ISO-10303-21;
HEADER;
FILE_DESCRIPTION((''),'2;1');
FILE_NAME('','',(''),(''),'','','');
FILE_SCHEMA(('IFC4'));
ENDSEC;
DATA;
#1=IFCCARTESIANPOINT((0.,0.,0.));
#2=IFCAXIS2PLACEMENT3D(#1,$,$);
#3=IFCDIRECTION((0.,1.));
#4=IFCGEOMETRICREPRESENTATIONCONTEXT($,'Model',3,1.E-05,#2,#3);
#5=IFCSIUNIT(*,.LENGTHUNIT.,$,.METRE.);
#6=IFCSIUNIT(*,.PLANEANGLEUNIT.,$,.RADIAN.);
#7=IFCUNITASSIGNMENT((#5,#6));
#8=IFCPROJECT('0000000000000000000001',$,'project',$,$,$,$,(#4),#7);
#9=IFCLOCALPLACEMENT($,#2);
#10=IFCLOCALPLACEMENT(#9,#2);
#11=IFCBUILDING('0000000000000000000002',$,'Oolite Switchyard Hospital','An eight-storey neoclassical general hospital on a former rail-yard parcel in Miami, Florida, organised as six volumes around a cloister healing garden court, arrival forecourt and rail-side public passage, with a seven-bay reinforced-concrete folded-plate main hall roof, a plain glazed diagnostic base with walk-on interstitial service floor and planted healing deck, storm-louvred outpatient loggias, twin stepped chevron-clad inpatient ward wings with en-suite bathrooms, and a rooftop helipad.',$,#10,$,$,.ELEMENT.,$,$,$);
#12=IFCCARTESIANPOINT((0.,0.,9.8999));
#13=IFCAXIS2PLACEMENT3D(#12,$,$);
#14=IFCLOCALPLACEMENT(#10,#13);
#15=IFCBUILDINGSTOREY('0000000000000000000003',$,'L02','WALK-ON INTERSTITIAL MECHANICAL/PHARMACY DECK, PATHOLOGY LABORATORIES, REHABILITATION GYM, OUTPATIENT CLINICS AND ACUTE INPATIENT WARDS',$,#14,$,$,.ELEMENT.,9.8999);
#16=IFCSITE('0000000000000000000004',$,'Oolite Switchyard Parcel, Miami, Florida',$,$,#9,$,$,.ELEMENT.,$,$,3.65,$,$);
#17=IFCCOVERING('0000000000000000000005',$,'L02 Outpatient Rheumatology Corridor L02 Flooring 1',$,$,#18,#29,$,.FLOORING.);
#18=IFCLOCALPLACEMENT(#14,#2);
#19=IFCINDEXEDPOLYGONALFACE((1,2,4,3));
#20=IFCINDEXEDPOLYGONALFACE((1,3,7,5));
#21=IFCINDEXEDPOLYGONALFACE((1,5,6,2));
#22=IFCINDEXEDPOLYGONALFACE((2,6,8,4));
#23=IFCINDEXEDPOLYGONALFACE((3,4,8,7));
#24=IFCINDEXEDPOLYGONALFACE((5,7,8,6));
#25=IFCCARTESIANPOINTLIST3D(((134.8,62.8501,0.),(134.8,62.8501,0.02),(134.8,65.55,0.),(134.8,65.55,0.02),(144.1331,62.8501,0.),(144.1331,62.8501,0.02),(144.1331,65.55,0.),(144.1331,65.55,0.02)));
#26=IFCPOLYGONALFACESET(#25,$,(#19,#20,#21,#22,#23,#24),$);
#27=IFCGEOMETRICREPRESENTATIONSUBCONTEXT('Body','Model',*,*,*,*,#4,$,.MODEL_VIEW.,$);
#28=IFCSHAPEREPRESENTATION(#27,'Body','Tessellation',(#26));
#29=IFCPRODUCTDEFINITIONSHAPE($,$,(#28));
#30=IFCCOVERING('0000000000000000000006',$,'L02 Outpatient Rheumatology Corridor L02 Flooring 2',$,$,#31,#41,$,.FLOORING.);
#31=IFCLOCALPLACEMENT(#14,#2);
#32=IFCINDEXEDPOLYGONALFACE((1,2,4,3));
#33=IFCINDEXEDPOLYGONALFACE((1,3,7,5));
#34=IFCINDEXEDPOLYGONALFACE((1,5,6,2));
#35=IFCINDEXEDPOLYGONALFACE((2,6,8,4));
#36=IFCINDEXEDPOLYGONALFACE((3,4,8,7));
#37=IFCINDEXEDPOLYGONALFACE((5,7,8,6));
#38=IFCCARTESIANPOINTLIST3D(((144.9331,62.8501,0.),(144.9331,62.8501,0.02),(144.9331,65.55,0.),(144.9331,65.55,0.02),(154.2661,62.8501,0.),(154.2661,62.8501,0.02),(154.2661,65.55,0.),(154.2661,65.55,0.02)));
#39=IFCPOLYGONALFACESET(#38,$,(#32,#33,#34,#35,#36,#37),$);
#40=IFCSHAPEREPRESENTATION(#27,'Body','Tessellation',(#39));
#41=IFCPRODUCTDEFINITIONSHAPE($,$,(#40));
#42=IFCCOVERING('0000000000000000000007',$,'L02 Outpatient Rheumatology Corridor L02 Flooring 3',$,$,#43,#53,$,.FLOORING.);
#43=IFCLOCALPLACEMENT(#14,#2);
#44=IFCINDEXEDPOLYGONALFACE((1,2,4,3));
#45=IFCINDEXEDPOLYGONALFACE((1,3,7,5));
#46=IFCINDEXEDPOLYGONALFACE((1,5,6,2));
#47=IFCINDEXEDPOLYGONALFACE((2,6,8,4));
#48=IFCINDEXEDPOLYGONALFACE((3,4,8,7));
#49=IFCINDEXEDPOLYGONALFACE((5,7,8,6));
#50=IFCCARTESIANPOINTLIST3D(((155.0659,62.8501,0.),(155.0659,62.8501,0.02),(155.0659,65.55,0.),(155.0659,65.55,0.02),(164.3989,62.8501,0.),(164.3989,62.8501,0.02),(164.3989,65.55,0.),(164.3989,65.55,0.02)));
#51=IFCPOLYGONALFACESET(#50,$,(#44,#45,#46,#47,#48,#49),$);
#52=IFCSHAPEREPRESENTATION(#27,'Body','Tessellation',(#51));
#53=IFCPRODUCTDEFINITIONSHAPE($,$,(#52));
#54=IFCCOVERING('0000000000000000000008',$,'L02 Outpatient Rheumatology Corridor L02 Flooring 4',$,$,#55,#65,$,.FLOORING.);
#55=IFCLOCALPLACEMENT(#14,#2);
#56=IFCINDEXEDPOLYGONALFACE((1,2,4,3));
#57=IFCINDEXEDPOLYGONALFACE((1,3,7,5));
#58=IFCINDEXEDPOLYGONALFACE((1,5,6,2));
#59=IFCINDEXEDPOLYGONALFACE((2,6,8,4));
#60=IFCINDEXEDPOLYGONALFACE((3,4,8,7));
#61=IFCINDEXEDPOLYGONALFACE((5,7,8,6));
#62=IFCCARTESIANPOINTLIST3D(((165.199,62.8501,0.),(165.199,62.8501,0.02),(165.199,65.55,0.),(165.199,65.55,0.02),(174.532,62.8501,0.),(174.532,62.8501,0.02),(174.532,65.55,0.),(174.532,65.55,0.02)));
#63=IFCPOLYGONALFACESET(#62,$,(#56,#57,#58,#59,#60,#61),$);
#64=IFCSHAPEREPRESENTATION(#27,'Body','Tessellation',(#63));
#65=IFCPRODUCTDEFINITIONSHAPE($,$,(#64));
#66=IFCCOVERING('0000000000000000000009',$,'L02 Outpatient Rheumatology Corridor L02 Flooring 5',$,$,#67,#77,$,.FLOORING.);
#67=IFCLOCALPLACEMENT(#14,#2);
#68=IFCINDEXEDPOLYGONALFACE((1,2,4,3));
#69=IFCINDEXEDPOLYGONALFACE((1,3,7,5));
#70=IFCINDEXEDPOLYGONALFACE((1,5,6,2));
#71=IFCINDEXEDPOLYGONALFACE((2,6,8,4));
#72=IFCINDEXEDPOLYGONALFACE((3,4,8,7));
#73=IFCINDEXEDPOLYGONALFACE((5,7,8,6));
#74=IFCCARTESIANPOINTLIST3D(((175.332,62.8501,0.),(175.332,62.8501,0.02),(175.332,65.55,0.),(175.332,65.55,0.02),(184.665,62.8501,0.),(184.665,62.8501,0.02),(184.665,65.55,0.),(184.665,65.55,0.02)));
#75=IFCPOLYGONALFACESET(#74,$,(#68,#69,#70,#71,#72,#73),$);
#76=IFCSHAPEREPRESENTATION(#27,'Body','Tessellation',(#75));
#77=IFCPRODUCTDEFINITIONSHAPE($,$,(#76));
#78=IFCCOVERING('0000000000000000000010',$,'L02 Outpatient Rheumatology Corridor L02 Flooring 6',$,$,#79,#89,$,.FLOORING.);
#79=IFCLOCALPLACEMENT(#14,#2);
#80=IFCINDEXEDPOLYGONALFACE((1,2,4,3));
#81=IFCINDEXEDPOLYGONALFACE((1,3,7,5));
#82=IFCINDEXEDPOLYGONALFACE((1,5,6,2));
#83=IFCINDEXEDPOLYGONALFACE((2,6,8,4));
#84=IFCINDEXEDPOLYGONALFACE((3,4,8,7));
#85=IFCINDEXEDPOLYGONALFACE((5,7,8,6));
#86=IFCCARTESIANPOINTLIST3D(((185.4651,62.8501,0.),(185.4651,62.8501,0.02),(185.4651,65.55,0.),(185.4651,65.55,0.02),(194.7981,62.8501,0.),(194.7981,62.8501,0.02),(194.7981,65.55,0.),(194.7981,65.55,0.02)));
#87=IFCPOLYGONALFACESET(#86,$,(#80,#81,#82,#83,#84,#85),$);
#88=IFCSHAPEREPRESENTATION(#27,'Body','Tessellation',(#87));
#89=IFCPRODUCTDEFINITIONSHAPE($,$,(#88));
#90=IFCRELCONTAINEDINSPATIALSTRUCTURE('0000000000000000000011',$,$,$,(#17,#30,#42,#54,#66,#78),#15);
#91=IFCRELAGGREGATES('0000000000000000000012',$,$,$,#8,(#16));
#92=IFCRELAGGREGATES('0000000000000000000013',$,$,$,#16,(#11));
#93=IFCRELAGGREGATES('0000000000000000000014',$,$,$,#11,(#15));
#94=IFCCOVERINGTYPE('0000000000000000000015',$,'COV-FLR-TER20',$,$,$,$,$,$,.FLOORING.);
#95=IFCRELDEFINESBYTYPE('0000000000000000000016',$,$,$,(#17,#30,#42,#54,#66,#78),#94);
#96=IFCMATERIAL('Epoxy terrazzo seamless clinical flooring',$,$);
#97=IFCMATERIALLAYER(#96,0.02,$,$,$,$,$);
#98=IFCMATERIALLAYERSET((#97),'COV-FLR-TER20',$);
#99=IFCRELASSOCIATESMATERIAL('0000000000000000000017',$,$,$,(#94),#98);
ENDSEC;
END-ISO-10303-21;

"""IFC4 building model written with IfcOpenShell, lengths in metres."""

from ifc_helpers import new_model, si_unit, direction, frame, origin, place, context, subcontext, project, spatial, polyline, outline, extrude, material, layer, layer_set, type_object, element, save


model = new_model("IFC4")

# Units and contexts
model_context = context("Model", 3, precision=1e-05, world=origin(), true_north=direction((0.0, 1.0)))
body_context = subcontext(model_context, "Body", "Model", "MODEL_VIEW")
ifc_project = project(units=[si_unit("LENGTHUNIT", "METRE"), si_unit("PLANEANGLEUNIT", "RADIAN")], contexts=[model_context])

# Site, building, storey
site_placement = place(None, origin())
site = spatial("IfcSite", under=ifc_project, at=site_placement, Name="Oolite Switchyard Parcel, Miami, Florida", CompositionType="ELEMENT", RefElevation=3.65)
building_placement = place(site_placement, origin())
building = spatial("IfcBuilding", under=site, at=building_placement, Name="Oolite Switchyard Hospital", Description="An eight-storey neoclassical general hospital on a former rail-yard parcel in Miami, Florida, organised as six volumes around a cloister healing garden court, arrival forecourt and rail-side public passage, with a seven-bay reinforced-concrete folded-plate main hall roof, a plain glazed diagnostic base with walk-on interstitial service floor and planted healing deck, storm-louvred outpatient loggias, twin stepped chevron-clad inpatient ward wings with en-suite bathrooms, and a rooftop helipad.", CompositionType="ELEMENT")
storey_placement = place(building_placement, frame((0.0, 0.0, 9.8999)))
storey = spatial("IfcBuildingStorey", under=building, at=storey_placement, Name="L02", Description="WALK-ON INTERSTITIAL MECHANICAL/PHARMACY DECK, PATHOLOGY LABORATORIES, REHABILITATION GYM, OUTPATIENT CLINICS AND ACUTE INPATIENT WARDS", CompositionType="ELEMENT", Elevation=9.8999)

# Coverings
ifc_material_1 = material(Name="Epoxy terrazzo seamless clinical flooring")
ifc_layer_1 = layer(ifc_material_1, 0.02)
ifc_layer_set_1 = layer_set([ifc_layer_1], Name="COV-FLR-TER20")
covering_type_1 = type_object("IfcCoveringType", Name="COV-FLR-TER20", PredefinedType="FLOORING", material=ifc_layer_set_1)
covering_1_placement = place(storey_placement, origin())
element("IfcCovering", 1, at=covering_1_placement, inside=storey, type_object=covering_type_1, Name="L02 Outpatient Rheumatology Corridor L02 Flooring 1", PredefinedType="FLOORING", context=body_context, shape_type="SweptSolid", body=[
    extrude(outline(polyline([(134.8, 62.8501), (144.1331, 62.8501), (144.1331, 65.55), (134.8, 65.55), (134.8, 62.8501)])), origin(), (0.0, 0.0, 1.0), 0.02),
])
covering_2_placement = place(storey_placement, origin())
element("IfcCovering", 2, at=covering_2_placement, inside=storey, type_object=covering_type_1, Name="L02 Outpatient Rheumatology Corridor L02 Flooring 2", PredefinedType="FLOORING", context=body_context, shape_type="SweptSolid", body=[
    extrude(outline(polyline([(144.9331, 62.8501), (154.2661, 62.8501), (154.2661, 65.55), (144.9331, 65.55), (144.9331, 62.8501)])), origin(), (0.0, 0.0, 1.0), 0.02),
])
covering_3_placement = place(storey_placement, origin())
element("IfcCovering", 3, at=covering_3_placement, inside=storey, type_object=covering_type_1, Name="L02 Outpatient Rheumatology Corridor L02 Flooring 3", PredefinedType="FLOORING", context=body_context, shape_type="SweptSolid", body=[
    extrude(outline(polyline([(155.0659, 62.8501), (164.3989, 62.8501), (164.3989, 65.55), (155.0659, 65.55), (155.0659, 62.8501)])), origin(), (0.0, 0.0, 1.0), 0.02),
])
covering_4_placement = place(storey_placement, origin())
element("IfcCovering", 4, at=covering_4_placement, inside=storey, type_object=covering_type_1, Name="L02 Outpatient Rheumatology Corridor L02 Flooring 4", PredefinedType="FLOORING", context=body_context, shape_type="SweptSolid", body=[
    extrude(outline(polyline([(165.199, 62.8501), (174.532, 62.8501), (174.532, 65.55), (165.199, 65.55), (165.199, 62.8501)])), origin(), (0.0, 0.0, 1.0), 0.02),
])
covering_5_placement = place(storey_placement, origin())
element("IfcCovering", 5, at=covering_5_placement, inside=storey, type_object=covering_type_1, Name="L02 Outpatient Rheumatology Corridor L02 Flooring 5", PredefinedType="FLOORING", context=body_context, shape_type="SweptSolid", body=[
    extrude(outline(polyline([(175.332, 62.8501), (184.665, 62.8501), (184.665, 65.55), (175.332, 65.55), (175.332, 62.8501)])), origin(), (0.0, 0.0, 1.0), 0.02),
])
covering_6_placement = place(storey_placement, origin())
element("IfcCovering", 6, at=covering_6_placement, inside=storey, type_object=covering_type_1, Name="L02 Outpatient Rheumatology Corridor L02 Flooring 6", PredefinedType="FLOORING", context=body_context, shape_type="SweptSolid", body=[
    extrude(outline(polyline([(185.4651, 62.8501), (194.7981, 62.8501), (194.7981, 65.55), (185.4651, 65.55), (185.4651, 62.8501)])), origin(), (0.0, 0.0, 1.0), 0.02),
])

save(model, "model.ifc")
